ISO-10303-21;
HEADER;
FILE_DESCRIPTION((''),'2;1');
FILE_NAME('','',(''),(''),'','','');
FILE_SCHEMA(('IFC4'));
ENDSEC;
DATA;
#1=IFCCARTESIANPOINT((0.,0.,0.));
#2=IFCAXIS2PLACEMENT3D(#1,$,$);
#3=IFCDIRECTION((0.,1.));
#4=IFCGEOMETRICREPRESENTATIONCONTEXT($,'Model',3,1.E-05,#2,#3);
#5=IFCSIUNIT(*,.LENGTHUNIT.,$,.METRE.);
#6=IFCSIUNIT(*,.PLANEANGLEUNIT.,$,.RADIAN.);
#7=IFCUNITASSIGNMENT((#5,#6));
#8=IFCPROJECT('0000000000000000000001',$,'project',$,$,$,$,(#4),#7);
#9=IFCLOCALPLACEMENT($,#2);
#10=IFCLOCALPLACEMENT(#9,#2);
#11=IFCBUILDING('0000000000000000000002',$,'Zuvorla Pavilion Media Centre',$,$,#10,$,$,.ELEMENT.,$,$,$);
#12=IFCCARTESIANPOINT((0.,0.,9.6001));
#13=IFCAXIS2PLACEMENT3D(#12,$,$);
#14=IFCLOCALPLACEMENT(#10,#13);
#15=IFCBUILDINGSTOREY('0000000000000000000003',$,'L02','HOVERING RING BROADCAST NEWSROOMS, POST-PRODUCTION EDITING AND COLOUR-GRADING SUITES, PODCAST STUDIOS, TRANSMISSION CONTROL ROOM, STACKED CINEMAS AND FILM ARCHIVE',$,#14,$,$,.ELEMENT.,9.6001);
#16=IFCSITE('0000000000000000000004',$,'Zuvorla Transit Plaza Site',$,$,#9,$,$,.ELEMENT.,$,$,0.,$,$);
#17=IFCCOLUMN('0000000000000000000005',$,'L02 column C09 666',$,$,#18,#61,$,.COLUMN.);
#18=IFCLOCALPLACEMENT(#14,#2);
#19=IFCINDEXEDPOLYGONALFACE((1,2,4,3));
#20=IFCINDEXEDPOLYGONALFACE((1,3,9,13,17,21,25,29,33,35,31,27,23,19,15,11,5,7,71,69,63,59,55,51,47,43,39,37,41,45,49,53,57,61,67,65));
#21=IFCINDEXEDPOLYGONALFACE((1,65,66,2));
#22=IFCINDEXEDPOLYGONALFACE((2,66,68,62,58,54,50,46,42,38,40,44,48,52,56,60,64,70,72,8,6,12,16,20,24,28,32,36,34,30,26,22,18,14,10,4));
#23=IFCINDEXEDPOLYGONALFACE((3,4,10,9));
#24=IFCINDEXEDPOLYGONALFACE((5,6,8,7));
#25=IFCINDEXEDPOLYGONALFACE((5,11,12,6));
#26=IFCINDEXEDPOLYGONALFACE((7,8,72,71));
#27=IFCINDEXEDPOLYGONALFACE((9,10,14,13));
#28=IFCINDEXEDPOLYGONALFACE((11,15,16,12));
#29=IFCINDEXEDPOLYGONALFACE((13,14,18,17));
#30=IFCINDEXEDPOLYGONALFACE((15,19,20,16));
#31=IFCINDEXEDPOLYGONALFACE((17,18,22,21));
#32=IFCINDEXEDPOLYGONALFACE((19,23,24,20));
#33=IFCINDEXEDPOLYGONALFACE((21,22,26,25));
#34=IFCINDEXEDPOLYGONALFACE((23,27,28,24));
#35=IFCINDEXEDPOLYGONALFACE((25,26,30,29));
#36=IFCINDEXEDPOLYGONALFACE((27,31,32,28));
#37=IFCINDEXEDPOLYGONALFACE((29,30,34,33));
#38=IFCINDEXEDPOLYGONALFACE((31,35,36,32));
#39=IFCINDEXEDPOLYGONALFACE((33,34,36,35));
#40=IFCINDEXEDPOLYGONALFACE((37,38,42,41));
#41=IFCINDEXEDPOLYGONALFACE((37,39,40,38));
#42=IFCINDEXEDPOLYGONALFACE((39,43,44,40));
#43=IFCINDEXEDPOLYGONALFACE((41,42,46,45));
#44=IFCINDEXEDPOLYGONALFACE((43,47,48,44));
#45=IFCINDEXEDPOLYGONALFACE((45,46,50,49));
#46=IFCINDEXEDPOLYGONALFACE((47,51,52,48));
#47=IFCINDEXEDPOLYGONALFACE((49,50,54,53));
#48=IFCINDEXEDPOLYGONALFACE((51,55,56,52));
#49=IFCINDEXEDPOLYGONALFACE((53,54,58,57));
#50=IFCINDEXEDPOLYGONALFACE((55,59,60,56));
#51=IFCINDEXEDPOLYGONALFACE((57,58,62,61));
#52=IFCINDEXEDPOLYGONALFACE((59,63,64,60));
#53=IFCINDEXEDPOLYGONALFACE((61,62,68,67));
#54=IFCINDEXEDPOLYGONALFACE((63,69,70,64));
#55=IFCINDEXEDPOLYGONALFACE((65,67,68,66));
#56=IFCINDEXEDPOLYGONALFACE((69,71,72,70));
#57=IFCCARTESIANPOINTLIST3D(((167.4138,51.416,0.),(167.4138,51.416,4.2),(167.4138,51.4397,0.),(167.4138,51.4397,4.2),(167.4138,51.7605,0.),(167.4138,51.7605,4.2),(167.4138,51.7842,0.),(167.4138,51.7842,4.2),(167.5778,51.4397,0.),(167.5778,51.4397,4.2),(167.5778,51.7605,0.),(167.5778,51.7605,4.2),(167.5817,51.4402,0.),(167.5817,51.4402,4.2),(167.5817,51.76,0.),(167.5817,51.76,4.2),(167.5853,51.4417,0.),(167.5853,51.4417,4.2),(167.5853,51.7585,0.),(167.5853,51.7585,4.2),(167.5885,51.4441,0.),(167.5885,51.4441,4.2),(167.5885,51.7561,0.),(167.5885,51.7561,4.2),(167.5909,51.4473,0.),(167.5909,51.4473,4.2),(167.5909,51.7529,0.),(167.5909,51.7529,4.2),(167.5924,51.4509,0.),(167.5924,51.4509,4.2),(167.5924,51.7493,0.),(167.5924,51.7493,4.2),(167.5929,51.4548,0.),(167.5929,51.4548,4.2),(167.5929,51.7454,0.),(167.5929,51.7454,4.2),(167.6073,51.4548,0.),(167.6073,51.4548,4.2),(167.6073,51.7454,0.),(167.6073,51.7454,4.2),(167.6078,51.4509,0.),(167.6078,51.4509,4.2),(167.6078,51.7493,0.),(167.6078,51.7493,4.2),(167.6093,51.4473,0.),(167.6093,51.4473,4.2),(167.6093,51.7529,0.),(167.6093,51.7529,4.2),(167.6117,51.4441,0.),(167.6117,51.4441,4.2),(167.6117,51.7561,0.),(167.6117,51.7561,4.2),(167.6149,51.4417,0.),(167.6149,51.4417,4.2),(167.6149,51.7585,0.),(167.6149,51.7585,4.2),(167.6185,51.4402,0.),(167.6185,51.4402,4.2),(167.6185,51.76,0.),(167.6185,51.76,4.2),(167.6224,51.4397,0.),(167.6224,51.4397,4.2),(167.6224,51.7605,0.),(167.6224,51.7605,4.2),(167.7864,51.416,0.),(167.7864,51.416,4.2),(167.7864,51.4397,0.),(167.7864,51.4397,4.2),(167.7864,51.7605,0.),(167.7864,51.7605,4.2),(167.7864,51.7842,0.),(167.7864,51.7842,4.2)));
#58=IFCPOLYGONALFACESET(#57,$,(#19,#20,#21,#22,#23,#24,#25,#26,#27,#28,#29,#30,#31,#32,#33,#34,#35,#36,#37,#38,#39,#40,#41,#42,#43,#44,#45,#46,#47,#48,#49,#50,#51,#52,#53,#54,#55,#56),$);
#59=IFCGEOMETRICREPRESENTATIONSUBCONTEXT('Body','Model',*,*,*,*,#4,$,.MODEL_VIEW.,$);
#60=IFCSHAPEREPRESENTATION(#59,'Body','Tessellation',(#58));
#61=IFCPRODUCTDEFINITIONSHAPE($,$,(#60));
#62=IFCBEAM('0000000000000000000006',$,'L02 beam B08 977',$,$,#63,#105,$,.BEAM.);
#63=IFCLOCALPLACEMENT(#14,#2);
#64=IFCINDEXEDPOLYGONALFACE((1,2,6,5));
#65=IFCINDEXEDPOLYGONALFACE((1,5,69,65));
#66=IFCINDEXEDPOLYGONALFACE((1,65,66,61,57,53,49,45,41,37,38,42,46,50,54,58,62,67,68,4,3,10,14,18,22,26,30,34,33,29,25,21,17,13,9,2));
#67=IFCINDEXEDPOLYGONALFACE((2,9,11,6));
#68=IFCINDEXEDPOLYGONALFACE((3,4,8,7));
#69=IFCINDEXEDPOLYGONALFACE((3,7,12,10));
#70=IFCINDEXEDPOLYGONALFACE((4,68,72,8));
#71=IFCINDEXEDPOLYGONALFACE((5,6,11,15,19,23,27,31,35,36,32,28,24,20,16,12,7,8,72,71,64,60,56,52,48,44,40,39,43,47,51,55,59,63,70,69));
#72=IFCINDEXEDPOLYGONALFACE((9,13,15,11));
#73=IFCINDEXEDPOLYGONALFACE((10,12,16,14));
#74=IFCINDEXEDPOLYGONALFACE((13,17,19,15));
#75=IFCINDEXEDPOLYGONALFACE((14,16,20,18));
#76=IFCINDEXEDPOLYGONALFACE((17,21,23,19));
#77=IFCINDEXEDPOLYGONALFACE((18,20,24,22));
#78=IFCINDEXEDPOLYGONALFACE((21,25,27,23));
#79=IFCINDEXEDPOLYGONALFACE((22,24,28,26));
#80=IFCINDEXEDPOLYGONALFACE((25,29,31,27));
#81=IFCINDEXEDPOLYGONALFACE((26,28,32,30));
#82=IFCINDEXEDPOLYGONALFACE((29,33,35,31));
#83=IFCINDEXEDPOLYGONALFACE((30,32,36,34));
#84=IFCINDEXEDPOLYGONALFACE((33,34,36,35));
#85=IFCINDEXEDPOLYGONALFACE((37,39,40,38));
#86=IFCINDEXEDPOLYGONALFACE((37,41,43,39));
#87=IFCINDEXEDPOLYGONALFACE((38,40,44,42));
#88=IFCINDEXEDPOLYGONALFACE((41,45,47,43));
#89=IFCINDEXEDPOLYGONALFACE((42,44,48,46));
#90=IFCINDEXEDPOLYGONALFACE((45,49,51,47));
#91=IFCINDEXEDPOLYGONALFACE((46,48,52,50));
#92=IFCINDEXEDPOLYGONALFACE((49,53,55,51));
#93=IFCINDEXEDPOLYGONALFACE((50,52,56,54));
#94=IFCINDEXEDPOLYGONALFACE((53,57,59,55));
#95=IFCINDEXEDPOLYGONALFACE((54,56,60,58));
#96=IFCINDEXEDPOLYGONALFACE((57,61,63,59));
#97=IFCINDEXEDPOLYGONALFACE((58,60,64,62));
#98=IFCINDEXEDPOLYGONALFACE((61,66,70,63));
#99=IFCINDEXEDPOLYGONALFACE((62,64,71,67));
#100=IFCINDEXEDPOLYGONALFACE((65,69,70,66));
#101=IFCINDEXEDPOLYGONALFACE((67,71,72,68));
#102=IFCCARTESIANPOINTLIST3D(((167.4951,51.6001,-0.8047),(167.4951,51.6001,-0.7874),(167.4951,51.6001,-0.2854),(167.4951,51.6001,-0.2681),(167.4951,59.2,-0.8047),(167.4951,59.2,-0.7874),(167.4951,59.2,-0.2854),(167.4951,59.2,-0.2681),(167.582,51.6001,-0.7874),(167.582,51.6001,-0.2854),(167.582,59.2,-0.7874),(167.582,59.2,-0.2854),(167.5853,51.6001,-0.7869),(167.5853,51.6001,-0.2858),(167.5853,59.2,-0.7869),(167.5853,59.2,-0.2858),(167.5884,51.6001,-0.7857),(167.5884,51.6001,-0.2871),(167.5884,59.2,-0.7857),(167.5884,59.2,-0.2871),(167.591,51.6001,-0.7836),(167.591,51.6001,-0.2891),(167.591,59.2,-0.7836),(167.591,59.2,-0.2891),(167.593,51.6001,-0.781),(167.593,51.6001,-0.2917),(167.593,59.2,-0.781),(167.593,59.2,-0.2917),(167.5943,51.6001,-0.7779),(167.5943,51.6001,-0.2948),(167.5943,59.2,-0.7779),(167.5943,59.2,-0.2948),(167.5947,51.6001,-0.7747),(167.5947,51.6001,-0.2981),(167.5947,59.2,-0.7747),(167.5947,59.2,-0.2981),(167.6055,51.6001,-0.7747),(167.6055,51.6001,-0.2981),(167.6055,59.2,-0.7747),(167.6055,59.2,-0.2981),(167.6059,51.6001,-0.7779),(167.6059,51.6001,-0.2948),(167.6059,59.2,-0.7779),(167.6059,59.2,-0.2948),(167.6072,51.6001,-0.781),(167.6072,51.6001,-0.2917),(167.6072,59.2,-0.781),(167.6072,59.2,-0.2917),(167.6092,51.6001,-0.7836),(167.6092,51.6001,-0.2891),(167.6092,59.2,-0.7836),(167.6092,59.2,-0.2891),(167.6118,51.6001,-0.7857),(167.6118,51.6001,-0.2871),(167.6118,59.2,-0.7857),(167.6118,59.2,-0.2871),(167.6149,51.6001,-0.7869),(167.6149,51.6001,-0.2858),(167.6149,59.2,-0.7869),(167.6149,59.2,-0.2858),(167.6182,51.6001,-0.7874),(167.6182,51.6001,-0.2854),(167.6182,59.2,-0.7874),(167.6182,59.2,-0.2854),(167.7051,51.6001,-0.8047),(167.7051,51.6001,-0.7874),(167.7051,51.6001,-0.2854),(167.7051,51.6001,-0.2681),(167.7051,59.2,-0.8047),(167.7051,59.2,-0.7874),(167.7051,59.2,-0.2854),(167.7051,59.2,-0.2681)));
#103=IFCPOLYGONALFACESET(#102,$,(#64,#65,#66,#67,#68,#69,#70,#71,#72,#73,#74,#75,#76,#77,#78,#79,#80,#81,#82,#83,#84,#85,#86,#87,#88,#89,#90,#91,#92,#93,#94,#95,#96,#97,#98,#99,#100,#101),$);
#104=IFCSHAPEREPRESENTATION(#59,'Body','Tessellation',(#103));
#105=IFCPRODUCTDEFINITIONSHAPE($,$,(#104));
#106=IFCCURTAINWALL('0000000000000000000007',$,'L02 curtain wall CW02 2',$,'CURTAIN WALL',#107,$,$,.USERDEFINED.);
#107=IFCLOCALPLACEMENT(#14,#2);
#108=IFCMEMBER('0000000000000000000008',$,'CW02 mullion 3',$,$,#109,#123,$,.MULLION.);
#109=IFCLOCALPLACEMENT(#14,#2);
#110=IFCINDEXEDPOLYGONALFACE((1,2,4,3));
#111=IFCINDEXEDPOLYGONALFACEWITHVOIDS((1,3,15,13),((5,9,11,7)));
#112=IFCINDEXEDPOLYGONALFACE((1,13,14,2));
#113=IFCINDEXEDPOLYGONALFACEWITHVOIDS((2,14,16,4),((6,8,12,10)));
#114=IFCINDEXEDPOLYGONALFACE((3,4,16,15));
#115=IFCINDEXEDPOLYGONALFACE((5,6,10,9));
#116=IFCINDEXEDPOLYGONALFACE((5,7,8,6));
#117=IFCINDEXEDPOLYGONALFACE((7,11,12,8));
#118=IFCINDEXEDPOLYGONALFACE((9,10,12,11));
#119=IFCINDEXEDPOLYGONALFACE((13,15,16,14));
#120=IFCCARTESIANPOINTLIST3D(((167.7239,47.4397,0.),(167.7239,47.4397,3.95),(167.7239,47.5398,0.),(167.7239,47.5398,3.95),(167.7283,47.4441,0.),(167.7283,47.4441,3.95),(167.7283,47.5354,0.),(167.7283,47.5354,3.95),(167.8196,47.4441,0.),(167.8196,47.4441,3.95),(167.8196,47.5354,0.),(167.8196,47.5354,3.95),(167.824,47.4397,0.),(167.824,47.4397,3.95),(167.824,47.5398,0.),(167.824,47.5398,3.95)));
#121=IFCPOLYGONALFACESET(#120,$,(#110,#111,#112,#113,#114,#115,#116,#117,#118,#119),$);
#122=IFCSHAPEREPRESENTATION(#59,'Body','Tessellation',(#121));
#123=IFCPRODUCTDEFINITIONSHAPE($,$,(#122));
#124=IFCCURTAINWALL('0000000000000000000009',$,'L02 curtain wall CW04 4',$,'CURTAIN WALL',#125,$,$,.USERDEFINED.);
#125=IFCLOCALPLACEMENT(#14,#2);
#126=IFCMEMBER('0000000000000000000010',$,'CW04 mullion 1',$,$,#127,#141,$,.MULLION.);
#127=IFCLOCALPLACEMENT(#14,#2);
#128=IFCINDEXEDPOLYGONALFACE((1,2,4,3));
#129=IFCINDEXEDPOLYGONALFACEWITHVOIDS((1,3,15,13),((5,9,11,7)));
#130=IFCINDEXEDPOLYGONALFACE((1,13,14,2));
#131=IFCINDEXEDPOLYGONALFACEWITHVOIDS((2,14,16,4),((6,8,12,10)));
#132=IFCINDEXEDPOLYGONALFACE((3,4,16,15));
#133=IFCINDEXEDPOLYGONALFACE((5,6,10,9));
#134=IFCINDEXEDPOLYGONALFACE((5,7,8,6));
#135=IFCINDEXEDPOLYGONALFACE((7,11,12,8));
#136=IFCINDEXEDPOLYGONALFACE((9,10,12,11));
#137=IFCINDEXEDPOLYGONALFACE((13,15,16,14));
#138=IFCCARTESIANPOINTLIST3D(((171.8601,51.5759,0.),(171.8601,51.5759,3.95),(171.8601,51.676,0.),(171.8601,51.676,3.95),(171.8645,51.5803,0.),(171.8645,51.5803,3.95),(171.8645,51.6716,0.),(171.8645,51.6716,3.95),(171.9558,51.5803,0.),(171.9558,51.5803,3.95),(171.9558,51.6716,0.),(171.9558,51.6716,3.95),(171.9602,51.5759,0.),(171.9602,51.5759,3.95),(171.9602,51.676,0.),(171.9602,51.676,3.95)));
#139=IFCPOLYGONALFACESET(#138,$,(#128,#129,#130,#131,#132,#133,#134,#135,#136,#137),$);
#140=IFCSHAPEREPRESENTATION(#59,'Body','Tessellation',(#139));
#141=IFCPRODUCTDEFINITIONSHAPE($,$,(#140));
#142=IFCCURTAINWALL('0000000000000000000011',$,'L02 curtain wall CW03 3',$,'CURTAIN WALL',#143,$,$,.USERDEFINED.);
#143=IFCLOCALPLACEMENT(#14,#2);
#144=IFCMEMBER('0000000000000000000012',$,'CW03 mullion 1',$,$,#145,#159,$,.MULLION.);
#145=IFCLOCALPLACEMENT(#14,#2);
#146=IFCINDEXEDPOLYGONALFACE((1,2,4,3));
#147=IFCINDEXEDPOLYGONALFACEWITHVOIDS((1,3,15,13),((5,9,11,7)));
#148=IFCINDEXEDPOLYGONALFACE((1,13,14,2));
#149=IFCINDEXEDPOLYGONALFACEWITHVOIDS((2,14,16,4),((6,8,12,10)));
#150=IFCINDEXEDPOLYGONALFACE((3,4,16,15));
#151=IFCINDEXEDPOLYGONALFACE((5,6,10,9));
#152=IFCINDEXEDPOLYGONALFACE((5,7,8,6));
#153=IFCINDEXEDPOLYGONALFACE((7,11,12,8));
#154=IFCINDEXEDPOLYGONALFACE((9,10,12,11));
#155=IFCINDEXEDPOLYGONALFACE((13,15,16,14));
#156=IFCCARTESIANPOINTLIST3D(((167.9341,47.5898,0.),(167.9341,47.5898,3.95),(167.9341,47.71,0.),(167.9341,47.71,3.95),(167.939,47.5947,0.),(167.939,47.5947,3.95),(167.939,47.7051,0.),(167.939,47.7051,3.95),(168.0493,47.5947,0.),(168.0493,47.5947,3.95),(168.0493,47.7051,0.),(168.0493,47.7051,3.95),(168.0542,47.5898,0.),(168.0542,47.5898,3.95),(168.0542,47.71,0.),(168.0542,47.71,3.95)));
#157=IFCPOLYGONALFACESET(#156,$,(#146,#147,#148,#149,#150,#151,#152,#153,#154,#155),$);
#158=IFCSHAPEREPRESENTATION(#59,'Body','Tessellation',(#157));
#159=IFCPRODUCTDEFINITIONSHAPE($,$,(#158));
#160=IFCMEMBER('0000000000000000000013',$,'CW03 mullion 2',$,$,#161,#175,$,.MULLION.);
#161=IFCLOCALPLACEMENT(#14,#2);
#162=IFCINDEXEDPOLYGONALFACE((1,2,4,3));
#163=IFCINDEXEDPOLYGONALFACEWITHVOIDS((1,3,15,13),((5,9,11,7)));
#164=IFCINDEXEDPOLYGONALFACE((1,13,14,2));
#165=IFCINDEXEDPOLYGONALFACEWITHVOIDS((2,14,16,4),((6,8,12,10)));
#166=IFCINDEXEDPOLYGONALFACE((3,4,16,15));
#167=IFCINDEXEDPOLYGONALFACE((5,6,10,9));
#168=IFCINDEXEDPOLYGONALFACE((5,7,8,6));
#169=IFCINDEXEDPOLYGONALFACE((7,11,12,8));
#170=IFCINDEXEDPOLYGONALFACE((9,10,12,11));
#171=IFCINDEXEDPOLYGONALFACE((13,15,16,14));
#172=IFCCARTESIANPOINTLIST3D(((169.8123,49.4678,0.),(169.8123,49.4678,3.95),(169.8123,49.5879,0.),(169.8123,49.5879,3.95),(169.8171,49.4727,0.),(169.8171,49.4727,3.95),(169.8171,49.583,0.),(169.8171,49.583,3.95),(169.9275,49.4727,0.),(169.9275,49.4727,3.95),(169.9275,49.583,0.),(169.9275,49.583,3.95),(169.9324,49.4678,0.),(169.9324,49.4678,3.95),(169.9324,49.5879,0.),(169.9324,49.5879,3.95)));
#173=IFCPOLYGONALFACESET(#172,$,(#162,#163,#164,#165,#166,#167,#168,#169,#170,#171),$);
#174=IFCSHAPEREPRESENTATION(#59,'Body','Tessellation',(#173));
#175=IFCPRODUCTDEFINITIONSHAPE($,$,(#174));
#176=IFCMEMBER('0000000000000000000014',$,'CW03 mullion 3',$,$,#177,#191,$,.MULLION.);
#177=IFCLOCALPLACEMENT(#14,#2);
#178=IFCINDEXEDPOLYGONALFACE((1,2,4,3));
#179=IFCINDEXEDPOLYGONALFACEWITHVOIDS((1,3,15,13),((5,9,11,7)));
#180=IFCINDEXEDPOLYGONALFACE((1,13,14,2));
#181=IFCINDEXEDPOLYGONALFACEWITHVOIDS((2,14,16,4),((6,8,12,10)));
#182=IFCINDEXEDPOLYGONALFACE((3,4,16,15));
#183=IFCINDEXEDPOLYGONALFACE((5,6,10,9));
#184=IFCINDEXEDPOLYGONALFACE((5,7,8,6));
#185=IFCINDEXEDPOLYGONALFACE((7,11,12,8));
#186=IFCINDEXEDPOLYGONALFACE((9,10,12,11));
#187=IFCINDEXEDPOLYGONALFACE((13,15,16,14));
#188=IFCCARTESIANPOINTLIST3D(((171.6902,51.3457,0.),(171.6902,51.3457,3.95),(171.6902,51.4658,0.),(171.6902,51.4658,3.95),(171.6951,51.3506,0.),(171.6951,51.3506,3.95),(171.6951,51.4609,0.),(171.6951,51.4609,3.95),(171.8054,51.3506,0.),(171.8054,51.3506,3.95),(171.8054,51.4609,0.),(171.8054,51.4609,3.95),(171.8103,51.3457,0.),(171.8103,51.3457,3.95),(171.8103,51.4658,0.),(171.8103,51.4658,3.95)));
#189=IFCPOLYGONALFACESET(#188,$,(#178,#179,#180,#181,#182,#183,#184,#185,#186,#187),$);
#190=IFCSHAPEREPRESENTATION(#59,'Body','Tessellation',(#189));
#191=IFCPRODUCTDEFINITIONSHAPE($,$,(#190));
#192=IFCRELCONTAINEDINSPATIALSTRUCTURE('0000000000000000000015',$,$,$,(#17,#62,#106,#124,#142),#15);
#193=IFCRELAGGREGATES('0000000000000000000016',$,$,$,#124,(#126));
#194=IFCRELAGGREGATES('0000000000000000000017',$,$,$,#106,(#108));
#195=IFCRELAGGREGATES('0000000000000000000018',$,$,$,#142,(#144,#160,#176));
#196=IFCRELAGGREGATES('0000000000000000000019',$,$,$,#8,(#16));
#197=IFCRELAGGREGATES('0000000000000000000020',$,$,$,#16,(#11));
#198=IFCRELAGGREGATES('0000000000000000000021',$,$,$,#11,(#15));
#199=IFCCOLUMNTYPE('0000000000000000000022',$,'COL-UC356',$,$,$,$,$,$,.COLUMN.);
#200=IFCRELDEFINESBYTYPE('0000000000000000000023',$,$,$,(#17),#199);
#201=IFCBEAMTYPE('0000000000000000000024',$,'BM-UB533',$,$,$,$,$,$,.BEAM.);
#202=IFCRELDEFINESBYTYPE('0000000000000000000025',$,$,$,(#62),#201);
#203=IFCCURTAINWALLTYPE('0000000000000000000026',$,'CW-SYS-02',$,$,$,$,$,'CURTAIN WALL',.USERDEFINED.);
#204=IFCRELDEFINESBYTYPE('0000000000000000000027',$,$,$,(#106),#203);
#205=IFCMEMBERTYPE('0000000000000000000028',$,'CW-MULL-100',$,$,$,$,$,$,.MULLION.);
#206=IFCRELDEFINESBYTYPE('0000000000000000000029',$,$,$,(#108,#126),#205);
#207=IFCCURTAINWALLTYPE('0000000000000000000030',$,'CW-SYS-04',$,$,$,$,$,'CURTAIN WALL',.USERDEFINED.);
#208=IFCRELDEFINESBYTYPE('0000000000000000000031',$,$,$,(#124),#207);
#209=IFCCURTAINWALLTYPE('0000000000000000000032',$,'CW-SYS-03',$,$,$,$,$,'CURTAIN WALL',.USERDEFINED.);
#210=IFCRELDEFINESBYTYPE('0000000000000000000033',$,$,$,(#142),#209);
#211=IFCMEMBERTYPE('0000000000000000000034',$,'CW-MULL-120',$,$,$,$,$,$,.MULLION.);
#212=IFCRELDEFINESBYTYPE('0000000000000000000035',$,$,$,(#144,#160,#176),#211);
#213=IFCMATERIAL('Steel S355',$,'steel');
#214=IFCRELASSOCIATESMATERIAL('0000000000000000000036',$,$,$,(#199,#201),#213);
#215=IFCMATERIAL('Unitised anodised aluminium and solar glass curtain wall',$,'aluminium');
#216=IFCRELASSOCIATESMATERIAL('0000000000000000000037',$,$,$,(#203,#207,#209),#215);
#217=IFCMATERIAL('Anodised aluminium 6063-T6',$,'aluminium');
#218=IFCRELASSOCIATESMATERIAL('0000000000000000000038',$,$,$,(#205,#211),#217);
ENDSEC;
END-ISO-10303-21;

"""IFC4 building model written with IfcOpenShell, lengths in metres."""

from ifc_helpers import new_model, si_unit, direction, frame, origin, origin_2d, place, context, subcontext, project, spatial, hollow_rectangle, i_section, extrude, material, material_profile, profile_set, type_object, element, aggregate, save


model = new_model("IFC4")

# Units and contexts
model_context = context("Model", 3, precision=1e-05, world=origin(), true_north=direction((0.0, 1.0)))
body_context = subcontext(model_context, "Body", "Model", "MODEL_VIEW")
ifc_project = project(units=[si_unit("LENGTHUNIT", "METRE"), si_unit("PLANEANGLEUNIT", "RADIAN")], contexts=[model_context])

# Site, building, storey
site_placement = place(None, origin())
site = spatial("IfcSite", under=ifc_project, at=site_placement, Name="Zuvorla Transit Plaza Site", CompositionType="ELEMENT", RefElevation=0.0)
building_placement = place(site_placement, origin())
building = spatial("IfcBuilding", under=site, at=building_placement, Name="Zuvorla Pavilion Media Centre", CompositionType="ELEMENT")
storey_placement = place(building_placement, frame((0.0, 0.0, 9.6001)))
storey = spatial("IfcBuildingStorey", under=building, at=storey_placement, Name="L02", Description="HOVERING RING BROADCAST NEWSROOMS, POST-PRODUCTION EDITING AND COLOUR-GRADING SUITES, PODCAST STUDIOS, TRANSMISSION CONTROL ROOM, STACKED CINEMAS AND FILM ARCHIVE", CompositionType="ELEMENT", Elevation=9.6001)

# Column
ifc_material_1 = material(Name="Steel S355", Category="steel")
ifc_material_profile_1 = material_profile(ifc_material_1, i_section(OverallWidth=0.3726, OverallDepth=0.3682, WebThickness=0.0144, FlangeThickness=0.0237, FilletRadius=0.0151, at=origin_2d()), Name="UC 356x368x177")
ifc_profile_set_1 = profile_set([ifc_material_profile_1], Name="Steel S355")
column_type = type_object("IfcColumnType", Name="COL-UC356", PredefinedType="COLUMN", material=ifc_profile_set_1)
column_placement = place(storey_placement, frame((167.6001, 51.6001, 0.0), z_axis=(0.0, 0.0, 1.0), x_axis=(1.0, 0.0, 0.0)))
element("IfcColumn", 1, at=column_placement, inside=storey, type_object=column_type, Name="L02 column C09 666", PredefinedType="COLUMN", context=body_context, shape_type="SweptSolid", body=[
    extrude(i_section(OverallWidth=0.3726, OverallDepth=0.3682, WebThickness=0.0144, FlangeThickness=0.0237, FilletRadius=0.0151, at=origin_2d()), origin(), (0.0, 0.0, 1.0), 4.2),
])

# Beam
ifc_material_profile_2 = material_profile(ifc_material_1, i_section(OverallWidth=0.21, OverallDepth=0.5366, WebThickness=0.0107, FlangeThickness=0.0173, FilletRadius=0.0127, at=origin_2d()), Name="UB 533x210x101")
ifc_profile_set_2 = profile_set([ifc_material_profile_2], Name="Steel S355")
beam_type = type_object("IfcBeamType", Name="BM-UB533", PredefinedType="BEAM", material=ifc_profile_set_2)
beam_placement = place(storey_placement, frame((167.6001, 51.6001, -0.5364), z_axis=(0.0, 1.0, 0.0), x_axis=(-1.0, 0.0, 0.0)))
element("IfcBeam", 2, at=beam_placement, inside=storey, type_object=beam_type, Name="L02 beam B08 977", PredefinedType="BEAM", context=body_context, shape_type="SweptSolid", body=[
    extrude(i_section(OverallWidth=0.21, OverallDepth=0.5366, WebThickness=0.0107, FlangeThickness=0.0173, FilletRadius=0.0127, at=origin_2d()), origin(), (0.0, 0.0, 1.0), 7.5999),
])

# Curtain walls, members
ifc_material_2 = material(Name="Unitised anodised aluminium and solar glass curtain wall", Category="aluminium")
curtain_wall_type_1 = type_object("IfcCurtainWallType", Name="CW-SYS-02", ElementType="CURTAIN WALL", PredefinedType="USERDEFINED", material=ifc_material_2)
curtain_wall_1_placement = place(storey_placement, origin())
curtain_wall_1 = element("IfcCurtainWall", 3, at=curtain_wall_1_placement, inside=storey, type_object=curtain_wall_type_1, Name="L02 curtain wall CW02 2", ObjectType="CURTAIN WALL", PredefinedType="USERDEFINED")
ifc_material_3 = material(Name="Anodised aluminium 6063-T6", Category="aluminium")
ifc_material_profile_3 = material_profile(ifc_material_3, hollow_rectangle(XDim=0.1001, YDim=0.1001, WallThickness=0.0044, at=origin_2d()), Name="ALU MULL 100x100")
ifc_profile_set_3 = profile_set([ifc_material_profile_3], Name="Anodised aluminium 6063-T6")
member_type_1 = type_object("IfcMemberType", Name="CW-MULL-100", PredefinedType="MULLION", material=ifc_profile_set_3)
member_1_placement = place(storey_placement, frame((167.7739, 47.4897, 0.0), z_axis=(0.0, 0.0, 1.0), x_axis=(1.0, 0.0, 0.0)))
member_1 = element("IfcMember", 4, at=member_1_placement, type_object=member_type_1, Name="CW02 mullion 3", PredefinedType="MULLION", context=body_context, shape_type="SweptSolid", body=[
    extrude(hollow_rectangle(XDim=0.1001, YDim=0.1001, WallThickness=0.0044, at=origin_2d()), origin(), (0.0, 0.0, 1.0), 3.95),
])
curtain_wall_type_2 = type_object("IfcCurtainWallType", Name="CW-SYS-04", ElementType="CURTAIN WALL", PredefinedType="USERDEFINED", material=ifc_material_2)
curtain_wall_2_placement = place(storey_placement, origin())
curtain_wall_2 = element("IfcCurtainWall", 5, at=curtain_wall_2_placement, inside=storey, type_object=curtain_wall_type_2, Name="L02 curtain wall CW04 4", ObjectType="CURTAIN WALL", PredefinedType="USERDEFINED")
member_2_placement = place(storey_placement, frame((171.9102, 51.626, 0.0), z_axis=(0.0, 0.0, 1.0), x_axis=(1.0, 0.0, 0.0)))
member_2 = element("IfcMember", 6, at=member_2_placement, type_object=member_type_1, Name="CW04 mullion 1", PredefinedType="MULLION", context=body_context, shape_type="SweptSolid", body=[
    extrude(hollow_rectangle(XDim=0.1001, YDim=0.1001, WallThickness=0.0044, at=origin_2d()), origin(), (0.0, 0.0, 1.0), 3.95),
])

# Curtain wall, members
curtain_wall_type_3 = type_object("IfcCurtainWallType", Name="CW-SYS-03", ElementType="CURTAIN WALL", PredefinedType="USERDEFINED", material=ifc_material_2)
curtain_wall_3_placement = place(storey_placement, origin())
curtain_wall_3 = element("IfcCurtainWall", 7, at=curtain_wall_3_placement, inside=storey, type_object=curtain_wall_type_3, Name="L02 curtain wall CW03 3", ObjectType="CURTAIN WALL", PredefinedType="USERDEFINED")
ifc_material_profile_4 = material_profile(ifc_material_3, hollow_rectangle(XDim=0.1201, YDim=0.1201, WallThickness=0.0049, at=origin_2d()), Name="ALU MULL 120x120")
ifc_profile_set_4 = profile_set([ifc_material_profile_4], Name="Anodised aluminium 6063-T6")
member_type_2 = type_object("IfcMemberType", Name="CW-MULL-120", PredefinedType="MULLION", material=ifc_profile_set_4)
member_3_placement = place(storey_placement, frame((167.9941, 47.6499, 0.0), z_axis=(0.0, 0.0, 1.0), x_axis=(1.0, 0.0, 0.0)))
member_3 = element("IfcMember", 8, at=member_3_placement, type_object=member_type_2, Name="CW03 mullion 1", PredefinedType="MULLION", context=body_context, shape_type="SweptSolid", body=[
    extrude(hollow_rectangle(XDim=0.1201, YDim=0.1201, WallThickness=0.0049, at=origin_2d()), origin(), (0.0, 0.0, 1.0), 3.95),
])
member_4_placement = place(storey_placement, frame((169.8723, 49.5278, 0.0), z_axis=(0.0, 0.0, 1.0), x_axis=(1.0, 0.0, 0.0)))
member_4 = element("IfcMember", 9, at=member_4_placement, type_object=member_type_2, Name="CW03 mullion 2", PredefinedType="MULLION", context=body_context, shape_type="SweptSolid", body=[
    extrude(hollow_rectangle(XDim=0.1201, YDim=0.1201, WallThickness=0.0049, at=origin_2d()), origin(), (0.0, 0.0, 1.0), 3.95),
])
member_5_placement = place(storey_placement, frame((171.7502, 51.4058, 0.0), z_axis=(0.0, 0.0, 1.0), x_axis=(1.0, 0.0, 0.0)))
member_5 = element("IfcMember", 10, at=member_5_placement, type_object=member_type_2, Name="CW03 mullion 3", PredefinedType="MULLION", context=body_context, shape_type="SweptSolid", body=[
    extrude(hollow_rectangle(XDim=0.1201, YDim=0.1201, WallThickness=0.0049, at=origin_2d()), origin(), (0.0, 0.0, 1.0), 3.95),
])

aggregate(curtain_wall_2, [member_2])

aggregate(curtain_wall_1, [member_1])
aggregate(curtain_wall_3, [member_3, member_4, member_5])

save(model, "model.ifc")
